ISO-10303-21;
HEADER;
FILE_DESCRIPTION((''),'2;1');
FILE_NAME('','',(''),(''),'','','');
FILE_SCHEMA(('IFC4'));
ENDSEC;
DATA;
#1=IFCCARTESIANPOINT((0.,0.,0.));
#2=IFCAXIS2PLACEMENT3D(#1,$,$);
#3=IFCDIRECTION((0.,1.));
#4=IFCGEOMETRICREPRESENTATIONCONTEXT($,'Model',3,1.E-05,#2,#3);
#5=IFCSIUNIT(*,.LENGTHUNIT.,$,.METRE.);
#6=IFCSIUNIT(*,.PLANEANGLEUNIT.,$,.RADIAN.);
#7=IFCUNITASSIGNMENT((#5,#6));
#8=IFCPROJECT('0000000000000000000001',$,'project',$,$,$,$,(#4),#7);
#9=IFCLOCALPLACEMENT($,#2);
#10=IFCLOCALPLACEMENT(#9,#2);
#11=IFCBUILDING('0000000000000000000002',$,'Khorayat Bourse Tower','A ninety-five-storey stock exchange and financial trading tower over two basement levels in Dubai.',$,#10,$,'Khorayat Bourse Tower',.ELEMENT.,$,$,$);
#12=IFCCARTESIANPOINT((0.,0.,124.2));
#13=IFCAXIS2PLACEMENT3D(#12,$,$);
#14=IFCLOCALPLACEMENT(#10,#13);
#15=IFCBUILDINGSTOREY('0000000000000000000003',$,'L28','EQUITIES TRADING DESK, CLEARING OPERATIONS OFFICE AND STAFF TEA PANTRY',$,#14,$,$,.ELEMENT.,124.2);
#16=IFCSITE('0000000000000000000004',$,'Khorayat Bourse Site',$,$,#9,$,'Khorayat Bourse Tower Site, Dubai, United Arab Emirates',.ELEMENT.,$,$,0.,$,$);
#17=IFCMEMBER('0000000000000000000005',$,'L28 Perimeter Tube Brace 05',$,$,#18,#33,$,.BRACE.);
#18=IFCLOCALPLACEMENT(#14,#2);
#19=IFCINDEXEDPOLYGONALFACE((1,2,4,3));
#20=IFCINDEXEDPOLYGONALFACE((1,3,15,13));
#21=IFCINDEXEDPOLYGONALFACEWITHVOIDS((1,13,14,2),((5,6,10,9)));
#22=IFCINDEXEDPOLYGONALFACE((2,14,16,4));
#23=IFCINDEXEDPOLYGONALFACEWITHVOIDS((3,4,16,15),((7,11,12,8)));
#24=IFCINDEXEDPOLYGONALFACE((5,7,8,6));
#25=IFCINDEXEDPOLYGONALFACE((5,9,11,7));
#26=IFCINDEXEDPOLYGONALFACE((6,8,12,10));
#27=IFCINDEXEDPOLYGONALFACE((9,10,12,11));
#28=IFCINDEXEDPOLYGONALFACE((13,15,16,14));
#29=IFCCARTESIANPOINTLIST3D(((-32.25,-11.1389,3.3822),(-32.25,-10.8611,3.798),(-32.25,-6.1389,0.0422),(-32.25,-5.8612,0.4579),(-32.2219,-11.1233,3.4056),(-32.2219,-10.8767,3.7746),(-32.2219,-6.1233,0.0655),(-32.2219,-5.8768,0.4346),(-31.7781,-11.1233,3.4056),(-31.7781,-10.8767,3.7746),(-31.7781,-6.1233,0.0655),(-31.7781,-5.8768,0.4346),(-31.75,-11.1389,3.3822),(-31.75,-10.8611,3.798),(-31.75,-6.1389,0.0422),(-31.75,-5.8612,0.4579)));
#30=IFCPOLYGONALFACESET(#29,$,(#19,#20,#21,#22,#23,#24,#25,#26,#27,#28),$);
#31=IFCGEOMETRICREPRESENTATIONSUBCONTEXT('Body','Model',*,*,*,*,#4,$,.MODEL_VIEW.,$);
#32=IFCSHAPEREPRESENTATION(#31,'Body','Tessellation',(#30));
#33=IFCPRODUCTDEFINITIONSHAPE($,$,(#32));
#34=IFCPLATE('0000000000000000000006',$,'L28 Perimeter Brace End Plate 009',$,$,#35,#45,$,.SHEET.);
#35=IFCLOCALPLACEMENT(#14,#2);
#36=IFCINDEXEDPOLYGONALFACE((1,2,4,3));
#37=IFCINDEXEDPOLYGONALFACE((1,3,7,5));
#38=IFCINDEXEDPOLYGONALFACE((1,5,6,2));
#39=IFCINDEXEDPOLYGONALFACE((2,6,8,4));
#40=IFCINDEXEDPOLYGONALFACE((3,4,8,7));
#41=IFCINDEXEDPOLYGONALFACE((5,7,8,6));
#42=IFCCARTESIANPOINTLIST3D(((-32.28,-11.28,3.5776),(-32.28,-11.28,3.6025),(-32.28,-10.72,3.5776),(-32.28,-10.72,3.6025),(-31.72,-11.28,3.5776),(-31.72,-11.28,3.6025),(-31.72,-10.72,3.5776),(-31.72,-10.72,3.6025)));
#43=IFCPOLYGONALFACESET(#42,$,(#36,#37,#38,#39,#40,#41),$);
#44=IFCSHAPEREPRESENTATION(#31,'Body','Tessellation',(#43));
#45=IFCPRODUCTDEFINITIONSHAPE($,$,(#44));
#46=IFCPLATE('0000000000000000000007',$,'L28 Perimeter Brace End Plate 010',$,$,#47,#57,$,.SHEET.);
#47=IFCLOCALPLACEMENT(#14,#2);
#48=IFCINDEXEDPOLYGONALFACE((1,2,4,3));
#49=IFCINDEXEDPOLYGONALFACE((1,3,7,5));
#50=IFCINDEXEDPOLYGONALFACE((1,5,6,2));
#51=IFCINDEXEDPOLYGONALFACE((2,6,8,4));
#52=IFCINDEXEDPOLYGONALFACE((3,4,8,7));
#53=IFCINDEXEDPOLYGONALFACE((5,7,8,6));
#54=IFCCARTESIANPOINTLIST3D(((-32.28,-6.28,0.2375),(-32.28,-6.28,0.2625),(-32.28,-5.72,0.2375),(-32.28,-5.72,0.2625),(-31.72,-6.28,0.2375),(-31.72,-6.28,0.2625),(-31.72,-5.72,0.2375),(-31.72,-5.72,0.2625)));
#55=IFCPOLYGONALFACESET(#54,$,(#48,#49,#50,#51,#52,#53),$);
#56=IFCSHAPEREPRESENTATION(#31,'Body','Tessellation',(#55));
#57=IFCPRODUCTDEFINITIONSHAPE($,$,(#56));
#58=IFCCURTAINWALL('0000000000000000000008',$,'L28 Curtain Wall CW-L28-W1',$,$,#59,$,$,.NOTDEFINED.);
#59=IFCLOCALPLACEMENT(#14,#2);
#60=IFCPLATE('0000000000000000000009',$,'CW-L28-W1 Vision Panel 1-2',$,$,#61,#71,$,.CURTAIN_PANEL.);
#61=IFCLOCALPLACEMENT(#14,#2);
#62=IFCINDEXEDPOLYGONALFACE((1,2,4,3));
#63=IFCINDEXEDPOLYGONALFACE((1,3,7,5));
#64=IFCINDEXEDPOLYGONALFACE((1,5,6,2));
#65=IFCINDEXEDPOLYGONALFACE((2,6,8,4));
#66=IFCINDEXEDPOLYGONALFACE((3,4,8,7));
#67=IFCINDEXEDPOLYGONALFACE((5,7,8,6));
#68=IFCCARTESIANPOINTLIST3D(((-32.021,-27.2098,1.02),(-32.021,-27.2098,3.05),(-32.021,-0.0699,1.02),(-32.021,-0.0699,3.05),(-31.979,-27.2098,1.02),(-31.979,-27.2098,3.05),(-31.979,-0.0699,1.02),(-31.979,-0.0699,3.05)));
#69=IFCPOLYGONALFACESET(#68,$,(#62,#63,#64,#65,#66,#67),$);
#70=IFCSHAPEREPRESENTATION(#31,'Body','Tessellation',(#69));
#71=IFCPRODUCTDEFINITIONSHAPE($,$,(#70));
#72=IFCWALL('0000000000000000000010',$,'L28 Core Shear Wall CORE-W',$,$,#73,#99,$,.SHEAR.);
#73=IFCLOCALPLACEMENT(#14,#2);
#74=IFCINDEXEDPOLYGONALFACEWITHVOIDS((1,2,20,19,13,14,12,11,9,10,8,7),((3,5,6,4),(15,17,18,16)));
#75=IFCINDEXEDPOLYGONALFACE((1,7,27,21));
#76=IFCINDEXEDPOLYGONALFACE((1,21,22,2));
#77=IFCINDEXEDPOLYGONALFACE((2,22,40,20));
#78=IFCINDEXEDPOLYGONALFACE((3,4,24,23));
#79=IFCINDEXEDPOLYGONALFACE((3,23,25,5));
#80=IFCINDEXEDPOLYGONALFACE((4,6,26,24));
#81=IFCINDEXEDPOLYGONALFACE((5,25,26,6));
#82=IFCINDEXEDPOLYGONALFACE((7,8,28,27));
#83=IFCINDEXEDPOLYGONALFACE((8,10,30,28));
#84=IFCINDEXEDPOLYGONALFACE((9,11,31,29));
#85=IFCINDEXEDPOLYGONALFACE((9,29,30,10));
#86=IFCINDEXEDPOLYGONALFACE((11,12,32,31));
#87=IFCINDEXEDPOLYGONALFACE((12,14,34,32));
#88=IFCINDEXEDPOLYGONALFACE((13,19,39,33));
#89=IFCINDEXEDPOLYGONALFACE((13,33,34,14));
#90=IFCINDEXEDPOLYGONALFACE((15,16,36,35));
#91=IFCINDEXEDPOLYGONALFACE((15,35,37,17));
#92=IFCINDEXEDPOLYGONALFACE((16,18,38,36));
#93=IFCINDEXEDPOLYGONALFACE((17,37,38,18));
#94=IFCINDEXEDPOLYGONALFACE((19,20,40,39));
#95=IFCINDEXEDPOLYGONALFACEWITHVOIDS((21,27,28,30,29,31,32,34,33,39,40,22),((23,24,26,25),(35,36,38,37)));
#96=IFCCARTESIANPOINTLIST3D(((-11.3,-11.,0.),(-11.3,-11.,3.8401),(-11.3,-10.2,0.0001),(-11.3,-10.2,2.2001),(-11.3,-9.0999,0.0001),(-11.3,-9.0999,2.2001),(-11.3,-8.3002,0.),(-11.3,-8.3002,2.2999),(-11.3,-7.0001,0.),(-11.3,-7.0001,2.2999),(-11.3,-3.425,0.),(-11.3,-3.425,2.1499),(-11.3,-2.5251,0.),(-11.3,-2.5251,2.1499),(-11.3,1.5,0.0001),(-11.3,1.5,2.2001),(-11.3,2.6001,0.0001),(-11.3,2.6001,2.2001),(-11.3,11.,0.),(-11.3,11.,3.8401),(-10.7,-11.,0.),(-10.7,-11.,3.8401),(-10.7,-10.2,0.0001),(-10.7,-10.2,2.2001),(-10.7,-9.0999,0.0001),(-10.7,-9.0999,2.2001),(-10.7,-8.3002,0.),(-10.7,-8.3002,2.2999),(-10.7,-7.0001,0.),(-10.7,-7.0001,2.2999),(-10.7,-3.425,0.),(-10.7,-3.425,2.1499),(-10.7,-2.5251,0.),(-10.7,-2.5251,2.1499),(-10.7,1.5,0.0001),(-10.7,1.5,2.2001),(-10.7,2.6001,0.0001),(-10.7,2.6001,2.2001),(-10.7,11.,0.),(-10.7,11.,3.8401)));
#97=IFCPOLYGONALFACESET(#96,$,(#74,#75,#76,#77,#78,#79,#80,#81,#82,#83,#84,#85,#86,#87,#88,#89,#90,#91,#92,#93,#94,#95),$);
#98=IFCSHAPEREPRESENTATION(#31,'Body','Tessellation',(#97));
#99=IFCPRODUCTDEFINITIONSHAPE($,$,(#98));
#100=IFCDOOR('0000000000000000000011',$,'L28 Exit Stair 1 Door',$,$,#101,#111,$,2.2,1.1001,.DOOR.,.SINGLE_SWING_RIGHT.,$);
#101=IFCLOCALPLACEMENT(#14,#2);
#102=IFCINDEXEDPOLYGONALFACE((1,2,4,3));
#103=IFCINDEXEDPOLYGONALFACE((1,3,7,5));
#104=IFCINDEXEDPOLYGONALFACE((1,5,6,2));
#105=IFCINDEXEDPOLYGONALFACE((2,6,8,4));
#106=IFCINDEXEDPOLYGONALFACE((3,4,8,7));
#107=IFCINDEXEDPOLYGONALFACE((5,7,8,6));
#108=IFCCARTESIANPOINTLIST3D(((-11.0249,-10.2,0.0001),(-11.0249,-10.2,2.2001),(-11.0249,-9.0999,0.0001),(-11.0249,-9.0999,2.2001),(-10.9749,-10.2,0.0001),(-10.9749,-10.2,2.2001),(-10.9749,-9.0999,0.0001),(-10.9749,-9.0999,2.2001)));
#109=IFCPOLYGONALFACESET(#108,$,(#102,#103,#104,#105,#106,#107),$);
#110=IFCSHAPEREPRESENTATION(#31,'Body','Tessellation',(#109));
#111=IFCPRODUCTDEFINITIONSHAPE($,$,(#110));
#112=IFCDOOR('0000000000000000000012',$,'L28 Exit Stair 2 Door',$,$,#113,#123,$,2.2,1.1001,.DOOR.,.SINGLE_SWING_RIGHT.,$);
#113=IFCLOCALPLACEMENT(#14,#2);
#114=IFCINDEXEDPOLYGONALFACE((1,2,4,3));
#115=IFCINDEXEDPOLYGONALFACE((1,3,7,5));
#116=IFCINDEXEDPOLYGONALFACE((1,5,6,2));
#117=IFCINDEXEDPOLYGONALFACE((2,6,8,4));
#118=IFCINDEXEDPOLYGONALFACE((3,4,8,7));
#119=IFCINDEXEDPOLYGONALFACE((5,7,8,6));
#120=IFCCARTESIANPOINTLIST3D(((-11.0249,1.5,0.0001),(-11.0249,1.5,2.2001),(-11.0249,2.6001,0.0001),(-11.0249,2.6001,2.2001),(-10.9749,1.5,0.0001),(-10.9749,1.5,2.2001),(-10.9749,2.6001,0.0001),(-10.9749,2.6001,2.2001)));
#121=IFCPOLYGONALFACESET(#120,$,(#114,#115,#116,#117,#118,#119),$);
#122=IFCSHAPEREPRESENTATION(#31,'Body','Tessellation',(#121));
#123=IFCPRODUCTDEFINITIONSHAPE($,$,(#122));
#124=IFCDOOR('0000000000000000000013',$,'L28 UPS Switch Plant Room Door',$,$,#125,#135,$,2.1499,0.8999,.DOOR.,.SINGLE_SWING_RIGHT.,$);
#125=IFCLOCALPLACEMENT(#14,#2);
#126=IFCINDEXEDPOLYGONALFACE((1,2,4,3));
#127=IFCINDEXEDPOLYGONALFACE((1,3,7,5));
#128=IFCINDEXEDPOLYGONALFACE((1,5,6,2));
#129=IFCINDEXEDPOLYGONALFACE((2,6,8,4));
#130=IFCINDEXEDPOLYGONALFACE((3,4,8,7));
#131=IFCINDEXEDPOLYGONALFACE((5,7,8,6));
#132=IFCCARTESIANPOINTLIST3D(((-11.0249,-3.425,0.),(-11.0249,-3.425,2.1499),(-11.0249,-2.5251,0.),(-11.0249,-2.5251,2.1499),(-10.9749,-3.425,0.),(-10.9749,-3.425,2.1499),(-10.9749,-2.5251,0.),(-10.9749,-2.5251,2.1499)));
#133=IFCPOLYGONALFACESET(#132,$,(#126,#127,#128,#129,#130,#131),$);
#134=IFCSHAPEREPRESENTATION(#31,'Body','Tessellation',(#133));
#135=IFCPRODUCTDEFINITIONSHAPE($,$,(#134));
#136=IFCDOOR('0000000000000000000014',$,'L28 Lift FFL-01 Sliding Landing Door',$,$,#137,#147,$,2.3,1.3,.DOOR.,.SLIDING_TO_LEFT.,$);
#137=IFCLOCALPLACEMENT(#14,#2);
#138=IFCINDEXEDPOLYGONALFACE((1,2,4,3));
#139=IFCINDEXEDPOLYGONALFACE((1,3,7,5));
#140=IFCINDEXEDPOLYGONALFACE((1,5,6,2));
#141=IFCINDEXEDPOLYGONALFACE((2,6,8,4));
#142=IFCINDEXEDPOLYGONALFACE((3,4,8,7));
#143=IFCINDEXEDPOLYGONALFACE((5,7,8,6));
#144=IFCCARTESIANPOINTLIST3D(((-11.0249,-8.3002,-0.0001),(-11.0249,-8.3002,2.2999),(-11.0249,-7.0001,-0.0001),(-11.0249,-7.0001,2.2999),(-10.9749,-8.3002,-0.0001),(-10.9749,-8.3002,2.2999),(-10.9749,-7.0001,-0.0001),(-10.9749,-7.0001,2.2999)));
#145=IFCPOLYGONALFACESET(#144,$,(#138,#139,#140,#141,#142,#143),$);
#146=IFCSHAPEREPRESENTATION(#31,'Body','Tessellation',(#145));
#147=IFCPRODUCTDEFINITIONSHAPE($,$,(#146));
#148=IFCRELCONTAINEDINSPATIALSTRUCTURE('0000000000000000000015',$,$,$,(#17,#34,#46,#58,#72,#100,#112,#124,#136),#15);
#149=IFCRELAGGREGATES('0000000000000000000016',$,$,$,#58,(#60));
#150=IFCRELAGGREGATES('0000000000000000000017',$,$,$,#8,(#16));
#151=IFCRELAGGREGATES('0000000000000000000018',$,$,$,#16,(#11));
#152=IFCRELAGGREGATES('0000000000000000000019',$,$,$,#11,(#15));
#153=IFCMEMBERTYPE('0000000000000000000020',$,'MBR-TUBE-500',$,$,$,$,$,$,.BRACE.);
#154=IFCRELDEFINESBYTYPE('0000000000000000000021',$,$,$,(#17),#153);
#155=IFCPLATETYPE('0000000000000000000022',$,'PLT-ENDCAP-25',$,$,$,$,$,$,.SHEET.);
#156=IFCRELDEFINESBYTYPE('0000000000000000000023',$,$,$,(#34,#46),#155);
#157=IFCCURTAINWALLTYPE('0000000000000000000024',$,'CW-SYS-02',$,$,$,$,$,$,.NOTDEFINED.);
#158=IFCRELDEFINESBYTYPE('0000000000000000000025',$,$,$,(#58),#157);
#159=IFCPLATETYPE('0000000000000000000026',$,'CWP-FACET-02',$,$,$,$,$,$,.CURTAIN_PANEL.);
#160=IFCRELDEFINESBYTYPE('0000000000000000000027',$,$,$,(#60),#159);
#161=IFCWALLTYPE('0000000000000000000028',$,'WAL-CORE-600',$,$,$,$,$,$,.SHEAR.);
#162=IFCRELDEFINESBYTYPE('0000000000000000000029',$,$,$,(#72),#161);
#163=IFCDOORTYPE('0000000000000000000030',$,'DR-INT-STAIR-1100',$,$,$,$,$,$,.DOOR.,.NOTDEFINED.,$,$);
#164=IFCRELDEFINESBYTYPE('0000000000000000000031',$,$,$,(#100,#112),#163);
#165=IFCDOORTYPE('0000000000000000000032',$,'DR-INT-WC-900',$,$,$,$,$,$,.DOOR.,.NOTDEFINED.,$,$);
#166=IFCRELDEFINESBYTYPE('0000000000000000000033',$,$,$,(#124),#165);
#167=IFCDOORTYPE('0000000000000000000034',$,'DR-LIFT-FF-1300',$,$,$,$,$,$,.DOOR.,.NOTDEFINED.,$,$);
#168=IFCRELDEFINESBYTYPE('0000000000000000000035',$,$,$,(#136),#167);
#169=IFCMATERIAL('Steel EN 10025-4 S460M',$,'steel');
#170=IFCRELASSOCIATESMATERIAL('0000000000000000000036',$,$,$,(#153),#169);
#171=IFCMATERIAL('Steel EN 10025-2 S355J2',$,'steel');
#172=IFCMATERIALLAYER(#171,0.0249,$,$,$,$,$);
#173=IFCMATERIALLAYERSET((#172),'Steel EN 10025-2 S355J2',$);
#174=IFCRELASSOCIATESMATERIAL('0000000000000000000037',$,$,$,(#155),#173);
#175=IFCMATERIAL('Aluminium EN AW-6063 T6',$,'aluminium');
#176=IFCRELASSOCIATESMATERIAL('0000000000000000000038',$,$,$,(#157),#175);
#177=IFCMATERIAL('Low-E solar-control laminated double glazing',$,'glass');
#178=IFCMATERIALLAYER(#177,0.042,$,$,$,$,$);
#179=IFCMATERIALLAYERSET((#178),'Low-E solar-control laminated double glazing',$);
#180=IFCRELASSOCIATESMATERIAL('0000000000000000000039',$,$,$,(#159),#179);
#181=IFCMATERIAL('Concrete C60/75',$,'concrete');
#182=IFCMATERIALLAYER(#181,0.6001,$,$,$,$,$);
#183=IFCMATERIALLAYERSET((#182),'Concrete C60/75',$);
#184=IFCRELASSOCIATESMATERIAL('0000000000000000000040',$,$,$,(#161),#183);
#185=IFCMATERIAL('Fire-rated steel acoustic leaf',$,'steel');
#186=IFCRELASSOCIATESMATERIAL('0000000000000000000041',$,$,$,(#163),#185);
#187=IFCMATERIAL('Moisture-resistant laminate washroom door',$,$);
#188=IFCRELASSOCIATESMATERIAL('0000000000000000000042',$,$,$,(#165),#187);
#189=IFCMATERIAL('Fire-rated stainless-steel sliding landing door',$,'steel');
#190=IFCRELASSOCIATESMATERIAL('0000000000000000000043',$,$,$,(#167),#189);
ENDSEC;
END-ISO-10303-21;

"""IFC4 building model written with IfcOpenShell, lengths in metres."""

from ifc_helpers import new_model, si_unit, direction, frame, frame_2d, origin, origin_2d, place, context, subcontext, project, spatial, rectangle, hollow_rectangle, extrude, source, transform, mapped, material, layer, layer_set, material_profile, profile_set, type_object, element, fill, aggregate, save


model = new_model("IFC4")

# Units and contexts
model_context = context("Model", 3, precision=1e-05, world=origin(), true_north=direction((0.0, 1.0)))
body_context = subcontext(model_context, "Body", "Model", "MODEL_VIEW")
ifc_project = project(units=[si_unit("LENGTHUNIT", "METRE"), si_unit("PLANEANGLEUNIT", "RADIAN")], contexts=[model_context])

# Site, building, storey
site_placement = place(None, origin())
site = spatial("IfcSite", under=ifc_project, at=site_placement, Name="Khorayat Bourse Site", LongName="Khorayat Bourse Tower Site, Dubai, United Arab Emirates", CompositionType="ELEMENT", RefElevation=0.0)
building_placement = place(site_placement, origin())
building = spatial("IfcBuilding", under=site, at=building_placement, Name="Khorayat Bourse Tower", Description="A ninety-five-storey stock exchange and financial trading tower over two basement levels in Dubai.", LongName="Khorayat Bourse Tower", CompositionType="ELEMENT")
storey_placement = place(building_placement, frame((0.0, 0.0, 124.2)))
storey = spatial("IfcBuildingStorey", under=building, at=storey_placement, Name="L28", Description="EQUITIES TRADING DESK, CLEARING OPERATIONS OFFICE AND STAFF TEA PANTRY", CompositionType="ELEMENT", Elevation=124.2)

# Shared definitions
ifc_material_1 = material(Name="Steel EN 10025-4 S460M", Category="steel")

# Member
ifc_material_profile_1 = material_profile(ifc_material_1, hollow_rectangle(XDim=0.5, YDim=0.5, WallThickness=0.0281, at=origin_2d()), Name="HSS 500x500x28")
ifc_profile_set_1 = profile_set([ifc_material_profile_1], Name="Steel EN 10025-4 S460M")
member_type = type_object("IfcMemberType", Name="MBR-TUBE-500", PredefinedType="BRACE", material=ifc_profile_set_1)
shared_shape_1 = source(origin(), body_context, "Body", "SweptSolid", [
    extrude(hollow_rectangle(XDim=0.5, YDim=0.5, WallThickness=0.0281, at=origin_2d()), origin(), (0.0, 0.0, 1.0), 6.0129),
])
member_placement = place(storey_placement, frame((-32.0, -11.0, 3.5901), z_axis=(0.0, 0.831531, -0.555478), x_axis=(-1.0, 0.0, 0.0)))
element("IfcMember", 1, at=member_placement, inside=storey, type_object=member_type, Name="L28 Perimeter Tube Brace 05", PredefinedType="BRACE", context=body_context, shape_type="MappedRepresentation", body=[
    mapped(shared_shape_1, transform((0.0, 0.0, 0.0), scale=1.0)),
])

# Plates
ifc_material_2 = material(Name="Steel EN 10025-2 S355J2", Category="steel")
ifc_layer_1 = layer(ifc_material_2, 0.0249)
ifc_layer_set_1 = layer_set([ifc_layer_1], Name="Steel EN 10025-2 S355J2")
plate_type_1 = type_object("IfcPlateType", Name="PLT-ENDCAP-25", PredefinedType="SHEET", material=ifc_layer_set_1)
shared_shape_2 = source(origin(), body_context, "Body", "SweptSolid", [
    extrude(rectangle(XDim=0.5601, YDim=0.5601, at=origin_2d()), origin(), (0.0, 0.0, 1.0), 0.0249),
])
for number, where, z_axis, x_axis, name in (
    (2, (-32.0, -11.0, 3.5776), (0.0, 0.0, 1.0), (1.0, 0.0, 0.0), "L28 Perimeter Brace End Plate 009"),
    (3, (-32.0, -6.0, 0.2375), (0.0, 0.0, 1.0), (1.0, 0.0, 0.0), "L28 Perimeter Brace End Plate 010"),
):
    element("IfcPlate", number, at=place(storey_placement, frame(where, z_axis=z_axis, x_axis=x_axis)), inside=storey, type_object=plate_type_1, Name=name, PredefinedType="SHEET", context=body_context, shape_type="MappedRepresentation", body=[
        mapped(shared_shape_2, transform((0.0, 0.0, 0.0), scale=1.0)),
    ])

# Curtain wall, plate
ifc_material_3 = material(Name="Aluminium EN AW-6063 T6", Category="aluminium")
curtain_wall_type = type_object("IfcCurtainWallType", Name="CW-SYS-02", PredefinedType="NOTDEFINED", material=ifc_material_3)
curtain_wall_placement = place(storey_placement, origin())
curtain_wall = element("IfcCurtainWall", 4, at=curtain_wall_placement, inside=storey, type_object=curtain_wall_type, Name="L28 Curtain Wall CW-L28-W1", PredefinedType="NOTDEFINED")
ifc_material_4 = material(Name="Low-E solar-control laminated double glazing", Category="glass")
ifc_layer_2 = layer(ifc_material_4, 0.042)
ifc_layer_set_2 = layer_set([ifc_layer_2], Name="Low-E solar-control laminated double glazing")
plate_type_2 = type_object("IfcPlateType", Name="CWP-FACET-02", PredefinedType="CURTAIN_PANEL", material=ifc_layer_set_2)
shared_shape_3 = source(origin(), body_context, "Body", "SweptSolid", [
    extrude(rectangle(XDim=27.1399, YDim=0.042, at=origin_2d()), origin(), (0.0, 0.0, 1.0), 2.03),
])
plate_placement = place(storey_placement, frame((-32.0, -13.6399, 1.02), z_axis=(0.0, 0.0, 1.0), x_axis=(0.0, 1.0, 0.0)))
plate = element("IfcPlate", 5, at=plate_placement, type_object=plate_type_2, Name="CW-L28-W1 Vision Panel 1-2", PredefinedType="CURTAIN_PANEL", context=body_context, shape_type="MappedRepresentation", body=[
    mapped(shared_shape_3, transform((0.0, 0.0, 0.0), scale=1.0)),
])
aggregate(curtain_wall, [plate])

# Wall, openings, doors
ifc_material_5 = material(Name="Concrete C60/75", Category="concrete")
ifc_layer_3 = layer(ifc_material_5, 0.6001)
ifc_layer_set_3 = layer_set([ifc_layer_3], Name="Concrete C60/75")
wall_type_1 = type_object("IfcWallType", Name="WAL-CORE-600", PredefinedType="SHEAR", material=ifc_layer_set_3)
shared_shape_4 = source(origin(), body_context, "Body", "SweptSolid", [
    extrude(rectangle(XDim=22.0, YDim=0.6001, at=frame_2d((11.0, 0.0))), origin(), (0.0, 0.0, 1.0), 3.8401),
])
wall_1_placement = place(storey_placement, frame((-11.0, -11.0, 0.0), z_axis=(0.0, 0.0, 1.0), x_axis=(0.0, 1.0, 0.0)))
wall_1 = element("IfcWall", 6, at=wall_1_placement, inside=storey, type_object=wall_type_1, Name="L28 Core Shear Wall CORE-W", PredefinedType="SHEAR", context=body_context, shape_type="MappedRepresentation", body=[
    mapped(shared_shape_4, transform((0.0, 0.0, 0.0), scale=1.0)),
])
shared_shape_5 = source(origin(), body_context, "Body", "SweptSolid", [
    extrude(rectangle(XDim=1.1001, YDim=2.2, at=frame_2d((0.55, 1.1001))), frame((0.0, 0.3101, 0.0), z_axis=(0.0, -1.0, 0.0), x_axis=(1.0, 0.0, 0.0)), (0.0, 0.0, 1.0), 0.6201),
])
opening_1_placement = place(wall_1_placement, frame((0.8, 0.0, 0.0)))
opening_1 = element("IfcOpeningElement", 7, at=opening_1_placement, cuts=wall_1, PredefinedType="OPENING", context=body_context, shape_type="MappedRepresentation", body=[
    mapped(shared_shape_5, transform((0.0, 0.0, 0.0), scale=1.0)),
])
opening_2_placement = place(wall_1_placement, frame((12.5, 0.0, 0.0)))
opening_2 = element("IfcOpeningElement", 8, at=opening_2_placement, cuts=wall_1, PredefinedType="OPENING", context=body_context, shape_type="MappedRepresentation", body=[
    mapped(shared_shape_5, transform((0.0, 0.0, 0.0), scale=1.0)),
])
shared_shape_6 = source(origin(), body_context, "Body", "SweptSolid", [
    extrude(rectangle(XDim=0.8999, YDim=2.1499, at=frame_2d((0.45, 1.075))), frame((0.0, 0.3101, 0.0), z_axis=(0.0, -1.0, 0.0), x_axis=(1.0, 0.0, 0.0)), (0.0, 0.0, 1.0), 0.6201),
])
opening_3_placement = place(wall_1_placement, frame((7.575, 0.0, 0.0)))
opening_3 = element("IfcOpeningElement", 9, at=opening_3_placement, cuts=wall_1, PredefinedType="OPENING", context=body_context, shape_type="MappedRepresentation", body=[
    mapped(shared_shape_6, transform((0.0, 0.0, 0.0), scale=1.0)),
])
shared_shape_7 = source(origin(), body_context, "Body", "SweptSolid", [
    extrude(rectangle(XDim=1.3, YDim=2.3, at=frame_2d((0.6499, 1.1499))), frame((0.0, 0.3101, 0.0), z_axis=(0.0, -1.0, 0.0), x_axis=(1.0, 0.0, 0.0)), (0.0, 0.0, 1.0), 0.6201),
])
opening_4_placement = place(wall_1_placement, frame((2.7, 0.0, 0.0)))
opening_4 = element("IfcOpeningElement", 10, at=opening_4_placement, cuts=wall_1, PredefinedType="OPENING", context=body_context, shape_type="MappedRepresentation", body=[
    mapped(shared_shape_7, transform((0.0, 0.0, 0.0), scale=1.0)),
])
ifc_material_6 = material(Name="Fire-rated steel acoustic leaf", Category="steel")
door_type_1 = type_object("IfcDoorType", Name="DR-INT-STAIR-1100", OperationType="NOTDEFINED", PredefinedType="DOOR", material=ifc_material_6)
shared_shape_8 = source(origin(), body_context, "Body", "SweptSolid", [
    extrude(rectangle(XDim=1.1001, YDim=2.2, at=frame_2d((0.55, 1.1001))), frame((0.0, 0.0249, 0.0), z_axis=(0.0, -1.0, 0.0), x_axis=(1.0, 0.0, 0.0)), (0.0, 0.0, 1.0), 0.05),
])
door_1_placement = place(opening_1_placement, origin())
door_1 = element("IfcDoor", 11, at=door_1_placement, inside=storey, type_object=door_type_1, Name="L28 Exit Stair 1 Door", OperationType="SINGLE_SWING_RIGHT", OverallHeight=2.2, OverallWidth=1.1001, PredefinedType="DOOR", context=body_context, shape_type="MappedRepresentation", body=[
    mapped(shared_shape_8, transform((0.0, 0.0, 0.0), scale=1.0)),
])
fill(opening_1, door_1)
door_2_placement = place(opening_2_placement, origin())
door_2 = element("IfcDoor", 12, at=door_2_placement, inside=storey, type_object=door_type_1, Name="L28 Exit Stair 2 Door", OperationType="SINGLE_SWING_RIGHT", OverallHeight=2.2, OverallWidth=1.1001, PredefinedType="DOOR", context=body_context, shape_type="MappedRepresentation", body=[
    mapped(shared_shape_8, transform((0.0, 0.0, 0.0), scale=1.0)),
])
fill(opening_2, door_2)
ifc_material_7 = material(Name="Moisture-resistant laminate washroom door")
door_type_2 = type_object("IfcDoorType", Name="DR-INT-WC-900", OperationType="NOTDEFINED", PredefinedType="DOOR", material=ifc_material_7)
shared_shape_9 = source(origin(), body_context, "Body", "SweptSolid", [
    extrude(rectangle(XDim=0.8999, YDim=2.1499, at=frame_2d((0.45, 1.075))), frame((0.0, 0.0249, 0.0), z_axis=(0.0, -1.0, 0.0), x_axis=(1.0, 0.0, 0.0)), (0.0, 0.0, 1.0), 0.05),
])
door_3_placement = place(opening_3_placement, origin())
door_3 = element("IfcDoor", 13, at=door_3_placement, inside=storey, type_object=door_type_2, Name="L28 UPS Switch Plant Room Door", OperationType="SINGLE_SWING_RIGHT", OverallHeight=2.1499, OverallWidth=0.8999, PredefinedType="DOOR", context=body_context, shape_type="MappedRepresentation", body=[
    mapped(shared_shape_9, transform((0.0, 0.0, 0.0), scale=1.0)),
])
fill(opening_3, door_3)
ifc_material_8 = material(Name="Fire-rated stainless-steel sliding landing door", Category="steel")
door_type_3 = type_object("IfcDoorType", Name="DR-LIFT-FF-1300", OperationType="NOTDEFINED", PredefinedType="DOOR", material=ifc_material_8)
shared_shape_10 = source(origin(), body_context, "Body", "SweptSolid", [
    extrude(rectangle(XDim=1.3, YDim=2.3, at=frame_2d((0.6499, 1.1499))), frame((0.0, 0.0249, 0.0), z_axis=(0.0, -1.0, 0.0), x_axis=(1.0, 0.0, 0.0)), (0.0, 0.0, 1.0), 0.05),
])
door_4_placement = place(opening_4_placement, origin())
door_4 = element("IfcDoor", 14, at=door_4_placement, inside=storey, type_object=door_type_3, Name="L28 Lift FFL-01 Sliding Landing Door", OperationType="SLIDING_TO_LEFT", OverallHeight=2.3, OverallWidth=1.3, PredefinedType="DOOR", context=body_context, shape_type="MappedRepresentation", body=[
    mapped(shared_shape_10, transform((0.0, 0.0, 0.0), scale=1.0)),
])
fill(opening_4, door_4)

save(model, "model.ifc")
